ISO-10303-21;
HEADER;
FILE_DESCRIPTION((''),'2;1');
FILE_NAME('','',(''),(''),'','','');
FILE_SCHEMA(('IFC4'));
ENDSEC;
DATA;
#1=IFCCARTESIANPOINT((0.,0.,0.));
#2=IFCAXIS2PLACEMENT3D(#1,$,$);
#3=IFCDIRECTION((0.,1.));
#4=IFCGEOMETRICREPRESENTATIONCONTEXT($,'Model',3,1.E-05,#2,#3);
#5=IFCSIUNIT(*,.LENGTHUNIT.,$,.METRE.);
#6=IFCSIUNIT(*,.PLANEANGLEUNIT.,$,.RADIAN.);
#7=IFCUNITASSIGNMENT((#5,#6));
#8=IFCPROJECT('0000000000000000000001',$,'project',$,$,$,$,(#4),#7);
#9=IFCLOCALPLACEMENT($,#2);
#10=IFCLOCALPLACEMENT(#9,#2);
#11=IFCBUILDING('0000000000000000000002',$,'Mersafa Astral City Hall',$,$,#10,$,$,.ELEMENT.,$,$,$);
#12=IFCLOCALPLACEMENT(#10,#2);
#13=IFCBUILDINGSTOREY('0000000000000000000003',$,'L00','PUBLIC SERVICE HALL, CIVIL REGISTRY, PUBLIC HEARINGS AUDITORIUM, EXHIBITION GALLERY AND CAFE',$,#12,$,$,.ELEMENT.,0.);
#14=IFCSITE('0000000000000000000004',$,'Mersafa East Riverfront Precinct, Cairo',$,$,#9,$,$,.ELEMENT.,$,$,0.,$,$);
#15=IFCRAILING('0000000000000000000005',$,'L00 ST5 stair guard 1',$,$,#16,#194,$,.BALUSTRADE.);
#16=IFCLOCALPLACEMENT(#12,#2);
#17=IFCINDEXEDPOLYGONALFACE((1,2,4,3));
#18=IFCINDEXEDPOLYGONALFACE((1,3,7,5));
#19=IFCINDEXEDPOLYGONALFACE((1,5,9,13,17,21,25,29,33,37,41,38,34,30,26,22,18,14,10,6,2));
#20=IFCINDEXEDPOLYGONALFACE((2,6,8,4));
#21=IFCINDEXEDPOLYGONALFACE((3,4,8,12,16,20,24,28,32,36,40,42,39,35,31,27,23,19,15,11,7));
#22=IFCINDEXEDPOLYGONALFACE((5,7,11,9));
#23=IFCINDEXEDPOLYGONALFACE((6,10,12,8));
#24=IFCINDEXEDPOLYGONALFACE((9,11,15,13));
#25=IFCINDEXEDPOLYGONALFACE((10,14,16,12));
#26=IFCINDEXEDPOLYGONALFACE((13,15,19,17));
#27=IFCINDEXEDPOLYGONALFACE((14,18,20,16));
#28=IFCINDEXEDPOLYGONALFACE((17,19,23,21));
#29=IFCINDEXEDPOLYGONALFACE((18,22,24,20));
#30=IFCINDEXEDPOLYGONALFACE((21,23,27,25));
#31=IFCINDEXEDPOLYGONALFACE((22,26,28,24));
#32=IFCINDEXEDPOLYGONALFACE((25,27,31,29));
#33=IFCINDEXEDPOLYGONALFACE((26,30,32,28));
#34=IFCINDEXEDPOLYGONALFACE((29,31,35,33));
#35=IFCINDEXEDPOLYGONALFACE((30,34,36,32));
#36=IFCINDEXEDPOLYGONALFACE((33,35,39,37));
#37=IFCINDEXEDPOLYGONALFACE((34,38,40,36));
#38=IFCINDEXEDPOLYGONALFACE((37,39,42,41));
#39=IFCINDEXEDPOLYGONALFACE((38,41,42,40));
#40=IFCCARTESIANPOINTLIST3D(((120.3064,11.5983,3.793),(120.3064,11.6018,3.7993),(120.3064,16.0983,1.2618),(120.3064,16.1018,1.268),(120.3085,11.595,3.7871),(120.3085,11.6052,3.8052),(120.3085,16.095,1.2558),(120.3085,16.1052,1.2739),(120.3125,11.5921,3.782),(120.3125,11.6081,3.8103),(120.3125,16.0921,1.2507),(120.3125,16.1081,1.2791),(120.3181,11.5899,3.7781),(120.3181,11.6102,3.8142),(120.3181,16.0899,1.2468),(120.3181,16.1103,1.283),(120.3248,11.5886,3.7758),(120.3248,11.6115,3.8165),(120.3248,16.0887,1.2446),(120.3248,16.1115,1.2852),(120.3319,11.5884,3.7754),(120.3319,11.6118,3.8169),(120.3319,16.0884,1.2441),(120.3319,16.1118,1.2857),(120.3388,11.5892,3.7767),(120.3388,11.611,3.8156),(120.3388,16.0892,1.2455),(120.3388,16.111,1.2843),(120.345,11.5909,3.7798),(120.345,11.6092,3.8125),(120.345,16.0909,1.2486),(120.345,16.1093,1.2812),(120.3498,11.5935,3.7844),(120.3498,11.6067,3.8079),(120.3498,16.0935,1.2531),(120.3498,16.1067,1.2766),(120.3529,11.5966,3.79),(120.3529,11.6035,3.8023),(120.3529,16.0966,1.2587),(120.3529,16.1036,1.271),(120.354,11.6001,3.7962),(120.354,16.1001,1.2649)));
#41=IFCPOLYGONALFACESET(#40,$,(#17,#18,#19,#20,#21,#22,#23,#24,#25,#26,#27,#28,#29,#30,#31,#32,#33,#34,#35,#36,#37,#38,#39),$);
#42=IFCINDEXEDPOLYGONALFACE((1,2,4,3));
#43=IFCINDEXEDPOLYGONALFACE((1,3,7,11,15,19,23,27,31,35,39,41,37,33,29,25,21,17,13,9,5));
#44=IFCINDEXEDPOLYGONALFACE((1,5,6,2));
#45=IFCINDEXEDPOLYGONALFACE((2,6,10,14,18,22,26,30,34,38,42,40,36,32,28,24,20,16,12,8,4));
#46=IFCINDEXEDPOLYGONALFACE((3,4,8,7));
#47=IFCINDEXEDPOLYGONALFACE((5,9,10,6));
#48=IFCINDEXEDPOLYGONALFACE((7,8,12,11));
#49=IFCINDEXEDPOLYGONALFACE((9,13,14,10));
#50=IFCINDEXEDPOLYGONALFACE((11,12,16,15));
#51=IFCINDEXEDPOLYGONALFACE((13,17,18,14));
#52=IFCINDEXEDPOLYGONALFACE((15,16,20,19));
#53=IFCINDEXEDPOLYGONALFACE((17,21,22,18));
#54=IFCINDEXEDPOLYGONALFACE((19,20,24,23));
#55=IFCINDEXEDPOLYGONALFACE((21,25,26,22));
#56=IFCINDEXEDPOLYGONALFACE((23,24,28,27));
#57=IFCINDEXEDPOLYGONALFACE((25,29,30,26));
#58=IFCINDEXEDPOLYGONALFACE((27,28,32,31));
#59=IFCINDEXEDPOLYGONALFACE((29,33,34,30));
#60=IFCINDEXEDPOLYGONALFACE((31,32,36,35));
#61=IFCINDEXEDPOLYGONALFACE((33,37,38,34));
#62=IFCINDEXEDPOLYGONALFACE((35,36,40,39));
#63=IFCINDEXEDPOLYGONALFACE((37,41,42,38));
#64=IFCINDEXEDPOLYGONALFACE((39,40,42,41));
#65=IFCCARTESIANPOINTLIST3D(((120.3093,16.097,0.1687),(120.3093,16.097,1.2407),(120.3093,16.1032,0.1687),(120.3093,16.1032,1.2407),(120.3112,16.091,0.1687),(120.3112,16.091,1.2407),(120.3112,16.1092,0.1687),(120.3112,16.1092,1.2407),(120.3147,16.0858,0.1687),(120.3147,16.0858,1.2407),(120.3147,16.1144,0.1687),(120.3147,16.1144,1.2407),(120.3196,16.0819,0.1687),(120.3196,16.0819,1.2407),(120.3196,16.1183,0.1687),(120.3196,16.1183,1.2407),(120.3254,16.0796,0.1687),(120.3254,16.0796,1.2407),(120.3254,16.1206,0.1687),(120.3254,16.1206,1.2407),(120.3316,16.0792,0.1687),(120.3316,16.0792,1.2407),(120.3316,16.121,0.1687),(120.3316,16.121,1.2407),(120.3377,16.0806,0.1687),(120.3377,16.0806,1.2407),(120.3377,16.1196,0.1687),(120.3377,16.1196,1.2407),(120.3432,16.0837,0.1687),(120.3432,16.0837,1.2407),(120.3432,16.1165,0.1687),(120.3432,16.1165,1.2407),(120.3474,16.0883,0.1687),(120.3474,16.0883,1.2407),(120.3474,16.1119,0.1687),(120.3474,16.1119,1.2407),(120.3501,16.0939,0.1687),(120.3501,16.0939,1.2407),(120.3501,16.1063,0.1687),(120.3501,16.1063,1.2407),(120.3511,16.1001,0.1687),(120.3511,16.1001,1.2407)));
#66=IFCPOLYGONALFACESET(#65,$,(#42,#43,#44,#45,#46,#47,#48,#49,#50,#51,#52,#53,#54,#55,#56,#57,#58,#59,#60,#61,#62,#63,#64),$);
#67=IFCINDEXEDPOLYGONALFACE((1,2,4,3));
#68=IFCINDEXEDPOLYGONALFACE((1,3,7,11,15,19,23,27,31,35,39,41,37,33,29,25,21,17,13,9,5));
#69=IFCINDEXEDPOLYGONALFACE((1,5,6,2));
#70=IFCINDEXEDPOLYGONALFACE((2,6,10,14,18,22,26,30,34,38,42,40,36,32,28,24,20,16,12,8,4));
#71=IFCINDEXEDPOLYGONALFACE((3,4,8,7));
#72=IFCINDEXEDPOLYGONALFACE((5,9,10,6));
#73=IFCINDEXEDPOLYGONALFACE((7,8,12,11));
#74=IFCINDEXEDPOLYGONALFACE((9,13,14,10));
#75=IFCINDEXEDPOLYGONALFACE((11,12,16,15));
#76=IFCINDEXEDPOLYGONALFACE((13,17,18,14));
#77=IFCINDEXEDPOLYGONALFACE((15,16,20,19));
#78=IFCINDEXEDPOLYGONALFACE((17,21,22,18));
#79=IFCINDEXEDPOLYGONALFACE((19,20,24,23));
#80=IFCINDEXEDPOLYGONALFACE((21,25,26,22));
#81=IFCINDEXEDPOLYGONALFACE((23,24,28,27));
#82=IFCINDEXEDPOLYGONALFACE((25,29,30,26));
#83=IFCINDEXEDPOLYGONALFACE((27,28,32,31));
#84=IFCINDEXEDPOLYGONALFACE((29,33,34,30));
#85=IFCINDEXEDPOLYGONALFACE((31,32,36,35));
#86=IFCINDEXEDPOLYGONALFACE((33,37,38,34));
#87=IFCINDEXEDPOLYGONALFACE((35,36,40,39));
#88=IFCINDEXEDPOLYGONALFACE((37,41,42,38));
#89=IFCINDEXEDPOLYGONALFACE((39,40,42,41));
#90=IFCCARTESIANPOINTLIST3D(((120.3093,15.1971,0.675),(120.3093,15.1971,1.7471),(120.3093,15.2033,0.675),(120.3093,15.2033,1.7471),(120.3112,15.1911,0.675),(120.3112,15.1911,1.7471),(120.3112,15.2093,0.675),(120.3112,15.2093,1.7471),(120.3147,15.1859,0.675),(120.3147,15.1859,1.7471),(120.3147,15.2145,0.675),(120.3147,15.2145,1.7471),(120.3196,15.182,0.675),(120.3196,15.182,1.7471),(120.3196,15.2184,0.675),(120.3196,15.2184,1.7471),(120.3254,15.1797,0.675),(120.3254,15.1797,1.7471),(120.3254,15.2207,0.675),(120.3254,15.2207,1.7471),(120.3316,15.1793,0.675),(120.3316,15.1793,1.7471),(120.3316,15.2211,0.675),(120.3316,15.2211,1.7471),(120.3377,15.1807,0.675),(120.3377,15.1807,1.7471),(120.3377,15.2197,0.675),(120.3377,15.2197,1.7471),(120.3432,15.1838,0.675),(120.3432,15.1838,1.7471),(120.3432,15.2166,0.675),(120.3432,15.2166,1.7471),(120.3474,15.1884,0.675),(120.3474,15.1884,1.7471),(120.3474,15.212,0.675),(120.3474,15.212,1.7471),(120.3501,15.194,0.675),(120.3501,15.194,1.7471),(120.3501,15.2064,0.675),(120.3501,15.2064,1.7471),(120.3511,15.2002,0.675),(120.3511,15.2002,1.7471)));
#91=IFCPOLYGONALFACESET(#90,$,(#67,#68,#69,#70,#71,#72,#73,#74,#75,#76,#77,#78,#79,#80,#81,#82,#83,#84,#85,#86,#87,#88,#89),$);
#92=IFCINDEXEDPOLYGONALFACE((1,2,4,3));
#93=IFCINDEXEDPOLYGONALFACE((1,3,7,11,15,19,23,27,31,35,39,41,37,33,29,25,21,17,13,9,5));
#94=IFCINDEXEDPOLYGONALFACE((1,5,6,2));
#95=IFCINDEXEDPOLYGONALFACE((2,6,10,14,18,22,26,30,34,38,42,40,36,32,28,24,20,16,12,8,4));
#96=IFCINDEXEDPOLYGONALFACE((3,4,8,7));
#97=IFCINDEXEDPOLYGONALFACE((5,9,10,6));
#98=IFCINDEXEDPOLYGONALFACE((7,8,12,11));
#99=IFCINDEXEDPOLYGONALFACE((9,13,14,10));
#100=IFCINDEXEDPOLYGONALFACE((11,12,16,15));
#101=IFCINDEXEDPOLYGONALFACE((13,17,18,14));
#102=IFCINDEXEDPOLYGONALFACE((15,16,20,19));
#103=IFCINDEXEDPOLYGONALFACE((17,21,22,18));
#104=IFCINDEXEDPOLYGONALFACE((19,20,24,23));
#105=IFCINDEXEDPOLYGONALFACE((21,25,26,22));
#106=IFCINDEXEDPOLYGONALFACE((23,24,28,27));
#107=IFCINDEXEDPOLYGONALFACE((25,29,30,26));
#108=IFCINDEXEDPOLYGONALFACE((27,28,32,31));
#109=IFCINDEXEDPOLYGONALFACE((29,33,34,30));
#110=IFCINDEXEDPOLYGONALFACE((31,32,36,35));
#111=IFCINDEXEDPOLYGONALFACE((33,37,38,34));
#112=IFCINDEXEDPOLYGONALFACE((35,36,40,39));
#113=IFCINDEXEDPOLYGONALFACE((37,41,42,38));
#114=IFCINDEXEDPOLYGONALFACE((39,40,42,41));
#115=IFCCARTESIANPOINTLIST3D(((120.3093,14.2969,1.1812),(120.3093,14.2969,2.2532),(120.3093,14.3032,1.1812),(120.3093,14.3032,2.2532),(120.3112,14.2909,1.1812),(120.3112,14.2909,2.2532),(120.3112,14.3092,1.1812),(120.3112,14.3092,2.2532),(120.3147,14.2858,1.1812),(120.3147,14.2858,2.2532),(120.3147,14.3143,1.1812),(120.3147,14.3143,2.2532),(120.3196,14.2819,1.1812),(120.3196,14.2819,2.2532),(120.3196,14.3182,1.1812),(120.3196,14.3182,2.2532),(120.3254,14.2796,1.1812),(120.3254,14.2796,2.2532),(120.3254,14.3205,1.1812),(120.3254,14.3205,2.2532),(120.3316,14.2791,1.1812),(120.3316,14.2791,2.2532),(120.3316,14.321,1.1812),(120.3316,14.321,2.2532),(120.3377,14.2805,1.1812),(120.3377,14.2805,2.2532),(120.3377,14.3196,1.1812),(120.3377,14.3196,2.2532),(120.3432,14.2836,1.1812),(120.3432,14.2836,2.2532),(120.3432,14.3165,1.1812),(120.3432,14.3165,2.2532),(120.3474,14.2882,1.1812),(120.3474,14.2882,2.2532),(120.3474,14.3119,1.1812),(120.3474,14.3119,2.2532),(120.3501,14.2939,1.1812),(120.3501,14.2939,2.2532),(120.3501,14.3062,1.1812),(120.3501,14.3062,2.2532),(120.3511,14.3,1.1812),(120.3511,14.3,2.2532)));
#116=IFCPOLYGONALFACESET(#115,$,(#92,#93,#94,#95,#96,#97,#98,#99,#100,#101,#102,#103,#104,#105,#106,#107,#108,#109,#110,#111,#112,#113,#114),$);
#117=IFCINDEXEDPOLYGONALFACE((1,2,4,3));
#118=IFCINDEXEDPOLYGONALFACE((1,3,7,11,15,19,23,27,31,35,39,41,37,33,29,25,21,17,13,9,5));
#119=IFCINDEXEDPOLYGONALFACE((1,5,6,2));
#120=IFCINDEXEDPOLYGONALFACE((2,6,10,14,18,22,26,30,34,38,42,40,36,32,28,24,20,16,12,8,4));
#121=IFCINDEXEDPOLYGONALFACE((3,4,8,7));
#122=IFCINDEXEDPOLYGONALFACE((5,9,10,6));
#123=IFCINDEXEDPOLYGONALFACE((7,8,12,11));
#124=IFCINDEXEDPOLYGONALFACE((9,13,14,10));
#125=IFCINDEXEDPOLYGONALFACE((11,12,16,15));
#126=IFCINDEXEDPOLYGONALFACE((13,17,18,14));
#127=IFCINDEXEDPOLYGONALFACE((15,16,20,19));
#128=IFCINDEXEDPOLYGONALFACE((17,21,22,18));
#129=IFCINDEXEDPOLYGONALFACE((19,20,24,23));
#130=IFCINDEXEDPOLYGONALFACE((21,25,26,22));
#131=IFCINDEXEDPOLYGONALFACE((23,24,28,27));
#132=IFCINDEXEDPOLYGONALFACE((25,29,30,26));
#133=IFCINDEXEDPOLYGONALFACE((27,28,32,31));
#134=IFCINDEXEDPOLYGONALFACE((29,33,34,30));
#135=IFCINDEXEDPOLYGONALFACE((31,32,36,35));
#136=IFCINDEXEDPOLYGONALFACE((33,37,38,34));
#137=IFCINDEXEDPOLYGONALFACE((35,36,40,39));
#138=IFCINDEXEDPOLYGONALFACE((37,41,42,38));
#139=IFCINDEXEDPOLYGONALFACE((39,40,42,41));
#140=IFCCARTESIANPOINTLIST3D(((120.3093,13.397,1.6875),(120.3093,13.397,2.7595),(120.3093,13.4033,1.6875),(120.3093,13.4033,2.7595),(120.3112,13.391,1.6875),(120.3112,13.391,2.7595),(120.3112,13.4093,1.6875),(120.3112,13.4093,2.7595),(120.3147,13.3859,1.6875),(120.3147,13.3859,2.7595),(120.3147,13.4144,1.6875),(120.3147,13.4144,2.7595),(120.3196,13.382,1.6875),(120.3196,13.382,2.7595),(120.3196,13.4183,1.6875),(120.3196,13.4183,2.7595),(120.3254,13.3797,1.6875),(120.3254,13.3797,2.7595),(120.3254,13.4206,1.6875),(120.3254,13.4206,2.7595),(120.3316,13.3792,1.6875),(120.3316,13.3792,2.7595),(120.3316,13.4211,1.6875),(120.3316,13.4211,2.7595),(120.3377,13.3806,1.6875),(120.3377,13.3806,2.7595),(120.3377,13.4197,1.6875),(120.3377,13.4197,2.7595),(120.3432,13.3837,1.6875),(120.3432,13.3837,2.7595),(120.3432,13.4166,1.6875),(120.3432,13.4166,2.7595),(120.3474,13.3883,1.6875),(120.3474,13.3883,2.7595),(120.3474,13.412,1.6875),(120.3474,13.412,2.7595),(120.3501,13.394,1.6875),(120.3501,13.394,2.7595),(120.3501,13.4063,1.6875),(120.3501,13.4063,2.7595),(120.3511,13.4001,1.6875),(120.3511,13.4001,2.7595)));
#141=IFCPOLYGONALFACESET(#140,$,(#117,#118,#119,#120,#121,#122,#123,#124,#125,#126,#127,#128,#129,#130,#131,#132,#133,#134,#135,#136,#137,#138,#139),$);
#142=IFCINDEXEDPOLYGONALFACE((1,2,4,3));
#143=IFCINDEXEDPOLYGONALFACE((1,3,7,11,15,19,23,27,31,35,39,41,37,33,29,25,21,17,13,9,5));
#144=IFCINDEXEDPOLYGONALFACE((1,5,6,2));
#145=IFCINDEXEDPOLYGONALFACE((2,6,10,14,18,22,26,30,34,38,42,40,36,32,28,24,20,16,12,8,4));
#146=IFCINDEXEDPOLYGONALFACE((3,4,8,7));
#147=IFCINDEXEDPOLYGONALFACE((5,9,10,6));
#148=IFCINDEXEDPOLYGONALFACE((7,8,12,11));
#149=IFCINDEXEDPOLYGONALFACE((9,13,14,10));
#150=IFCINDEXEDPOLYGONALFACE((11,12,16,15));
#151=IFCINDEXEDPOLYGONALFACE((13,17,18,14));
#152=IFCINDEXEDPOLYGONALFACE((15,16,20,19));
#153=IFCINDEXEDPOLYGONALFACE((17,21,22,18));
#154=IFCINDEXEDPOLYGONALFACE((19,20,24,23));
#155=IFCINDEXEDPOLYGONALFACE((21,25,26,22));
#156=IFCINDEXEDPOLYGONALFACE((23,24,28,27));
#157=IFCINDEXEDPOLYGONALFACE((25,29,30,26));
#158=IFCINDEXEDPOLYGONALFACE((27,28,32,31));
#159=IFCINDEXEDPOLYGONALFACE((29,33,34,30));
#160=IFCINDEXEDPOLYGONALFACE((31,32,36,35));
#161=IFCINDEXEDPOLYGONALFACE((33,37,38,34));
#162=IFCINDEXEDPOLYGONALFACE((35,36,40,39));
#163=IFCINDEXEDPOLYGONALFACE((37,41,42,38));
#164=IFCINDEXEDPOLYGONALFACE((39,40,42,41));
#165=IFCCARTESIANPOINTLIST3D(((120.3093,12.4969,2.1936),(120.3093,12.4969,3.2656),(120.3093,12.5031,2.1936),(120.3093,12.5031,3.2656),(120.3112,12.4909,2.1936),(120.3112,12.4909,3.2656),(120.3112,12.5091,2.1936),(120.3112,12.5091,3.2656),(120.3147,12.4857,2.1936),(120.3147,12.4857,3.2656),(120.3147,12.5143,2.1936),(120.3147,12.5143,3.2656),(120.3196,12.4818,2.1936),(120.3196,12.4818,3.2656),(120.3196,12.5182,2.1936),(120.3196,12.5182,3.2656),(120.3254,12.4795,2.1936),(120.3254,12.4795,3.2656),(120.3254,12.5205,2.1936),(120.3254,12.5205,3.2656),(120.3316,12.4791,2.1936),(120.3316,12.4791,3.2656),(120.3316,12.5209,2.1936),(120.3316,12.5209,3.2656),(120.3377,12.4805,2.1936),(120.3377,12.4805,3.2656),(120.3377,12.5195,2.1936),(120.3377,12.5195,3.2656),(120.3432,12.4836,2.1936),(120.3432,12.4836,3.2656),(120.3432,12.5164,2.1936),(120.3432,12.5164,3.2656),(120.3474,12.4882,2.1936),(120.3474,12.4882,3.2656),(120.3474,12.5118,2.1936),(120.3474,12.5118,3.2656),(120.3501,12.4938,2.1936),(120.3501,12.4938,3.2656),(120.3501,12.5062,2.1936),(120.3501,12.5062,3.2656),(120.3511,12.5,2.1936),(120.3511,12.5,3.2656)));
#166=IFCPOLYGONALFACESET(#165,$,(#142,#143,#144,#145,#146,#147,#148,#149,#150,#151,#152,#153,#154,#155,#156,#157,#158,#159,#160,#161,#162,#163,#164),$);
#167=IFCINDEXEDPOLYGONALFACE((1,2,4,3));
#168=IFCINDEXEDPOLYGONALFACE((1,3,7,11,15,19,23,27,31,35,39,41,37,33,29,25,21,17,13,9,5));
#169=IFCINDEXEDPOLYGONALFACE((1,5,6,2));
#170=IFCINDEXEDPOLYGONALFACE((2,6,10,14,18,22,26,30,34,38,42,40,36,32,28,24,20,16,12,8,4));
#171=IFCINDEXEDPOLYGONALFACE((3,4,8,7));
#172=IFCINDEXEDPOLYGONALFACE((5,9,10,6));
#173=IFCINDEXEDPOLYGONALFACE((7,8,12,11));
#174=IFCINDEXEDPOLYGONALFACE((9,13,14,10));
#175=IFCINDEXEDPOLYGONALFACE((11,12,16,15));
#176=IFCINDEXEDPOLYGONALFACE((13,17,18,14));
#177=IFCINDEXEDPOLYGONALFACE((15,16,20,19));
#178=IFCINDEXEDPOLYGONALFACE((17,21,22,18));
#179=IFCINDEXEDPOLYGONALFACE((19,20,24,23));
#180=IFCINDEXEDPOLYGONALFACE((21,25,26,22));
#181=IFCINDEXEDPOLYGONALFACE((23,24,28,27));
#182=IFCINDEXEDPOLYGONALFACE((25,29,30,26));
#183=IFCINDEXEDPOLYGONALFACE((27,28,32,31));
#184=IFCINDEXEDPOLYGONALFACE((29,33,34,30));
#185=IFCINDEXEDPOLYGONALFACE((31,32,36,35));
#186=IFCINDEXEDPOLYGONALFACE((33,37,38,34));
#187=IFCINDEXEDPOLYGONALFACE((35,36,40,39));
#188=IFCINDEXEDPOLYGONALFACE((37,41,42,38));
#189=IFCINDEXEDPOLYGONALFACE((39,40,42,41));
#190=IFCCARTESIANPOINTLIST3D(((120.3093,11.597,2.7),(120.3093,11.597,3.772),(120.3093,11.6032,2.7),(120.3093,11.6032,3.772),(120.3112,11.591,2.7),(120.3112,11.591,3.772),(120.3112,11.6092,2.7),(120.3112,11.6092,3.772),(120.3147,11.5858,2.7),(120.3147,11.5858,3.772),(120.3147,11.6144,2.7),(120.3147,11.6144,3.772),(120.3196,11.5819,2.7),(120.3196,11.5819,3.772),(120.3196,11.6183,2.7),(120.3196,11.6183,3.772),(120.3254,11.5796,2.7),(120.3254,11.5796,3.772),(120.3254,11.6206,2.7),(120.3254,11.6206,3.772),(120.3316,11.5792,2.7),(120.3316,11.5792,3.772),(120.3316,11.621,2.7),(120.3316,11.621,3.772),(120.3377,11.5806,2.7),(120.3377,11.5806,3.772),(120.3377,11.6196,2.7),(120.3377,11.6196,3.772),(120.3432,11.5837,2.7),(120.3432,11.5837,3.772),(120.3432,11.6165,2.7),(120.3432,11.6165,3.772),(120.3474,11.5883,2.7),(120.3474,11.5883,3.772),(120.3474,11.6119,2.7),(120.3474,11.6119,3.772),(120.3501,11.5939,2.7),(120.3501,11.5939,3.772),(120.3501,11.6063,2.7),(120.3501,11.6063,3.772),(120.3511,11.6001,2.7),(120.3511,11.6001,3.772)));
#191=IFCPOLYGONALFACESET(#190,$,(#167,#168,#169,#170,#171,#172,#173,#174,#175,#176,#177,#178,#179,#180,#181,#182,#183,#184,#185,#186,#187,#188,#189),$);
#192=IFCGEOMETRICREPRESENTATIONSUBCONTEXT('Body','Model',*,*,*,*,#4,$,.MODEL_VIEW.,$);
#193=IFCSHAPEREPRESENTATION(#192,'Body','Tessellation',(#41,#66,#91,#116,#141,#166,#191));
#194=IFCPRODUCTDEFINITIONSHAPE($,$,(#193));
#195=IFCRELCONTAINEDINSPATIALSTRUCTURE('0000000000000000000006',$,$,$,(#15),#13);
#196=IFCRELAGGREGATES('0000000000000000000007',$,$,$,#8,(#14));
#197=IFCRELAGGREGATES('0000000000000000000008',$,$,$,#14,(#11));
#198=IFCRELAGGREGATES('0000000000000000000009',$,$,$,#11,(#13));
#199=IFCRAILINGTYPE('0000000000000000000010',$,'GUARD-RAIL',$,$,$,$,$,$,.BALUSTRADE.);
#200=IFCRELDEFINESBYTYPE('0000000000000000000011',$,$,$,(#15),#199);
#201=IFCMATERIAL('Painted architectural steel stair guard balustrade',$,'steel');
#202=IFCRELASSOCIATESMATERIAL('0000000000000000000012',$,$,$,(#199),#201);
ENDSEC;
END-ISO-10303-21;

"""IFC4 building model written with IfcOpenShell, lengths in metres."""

from ifc_helpers import new_model, si_unit, direction, frame, origin, origin_2d, place, context, subcontext, project, spatial, circle, extrude, material, type_object, element, save


model = new_model("IFC4")

# Units and contexts
model_context = context("Model", 3, precision=1e-05, world=origin(), true_north=direction((0.0, 1.0)))
body_context = subcontext(model_context, "Body", "Model", "MODEL_VIEW")
ifc_project = project(units=[si_unit("LENGTHUNIT", "METRE"), si_unit("PLANEANGLEUNIT", "RADIAN")], contexts=[model_context])

# Site, building, storey
site_placement = place(None, origin())
site = spatial("IfcSite", under=ifc_project, at=site_placement, Name="Mersafa East Riverfront Precinct, Cairo", CompositionType="ELEMENT", RefElevation=0.0)
building_placement = place(site_placement, origin())
building = spatial("IfcBuilding", under=site, at=building_placement, Name="Mersafa Astral City Hall", CompositionType="ELEMENT")
storey_placement = place(building_placement, origin())
storey = spatial("IfcBuildingStorey", under=building, at=storey_placement, Name="L00", Description="PUBLIC SERVICE HALL, CIVIL REGISTRY, PUBLIC HEARINGS AUDITORIUM, EXHIBITION GALLERY AND CAFE", CompositionType="ELEMENT", Elevation=0.0)

# Railing
ifc_material_1 = material(Name="Painted architectural steel stair guard balustrade", Category="steel")
railing_type_1 = type_object("IfcRailingType", Name="GUARD-RAIL", PredefinedType="BALUSTRADE", material=ifc_material_1)
railing_1_placement = place(storey_placement, frame((120.3301, 16.1001, 0.1687)))
element("IfcRailing", 1, at=railing_1_placement, inside=storey, type_object=railing_type_1, Name="L00 ST5 stair guard 1", PredefinedType="BALUSTRADE", context=body_context, shape_type="SweptSolid", body=[
    extrude(circle(Radius=0.0239, at=origin_2d()), frame((0.0, 0.0, 1.0962), z_axis=(0.0, -0.871576, 0.490261), x_axis=(1.0, 0.0, 0.0)), (0.0, 0.0, 1.0), 5.1631),
    extrude(circle(Radius=0.021, at=origin_2d()), origin(), (0.0, 0.0, 1.0), 1.072),
    extrude(circle(Radius=0.021, at=origin_2d()), frame((0.0, -0.8999, 0.5063)), (0.0, 0.0, 1.0), 1.072),
    extrude(circle(Radius=0.021, at=origin_2d()), frame((0.0, -1.8, 1.0125)), (0.0, 0.0, 1.0), 1.072),
    extrude(circle(Radius=0.021, at=origin_2d()), frame((0.0, -2.7, 1.5188)), (0.0, 0.0, 1.0), 1.072),
    extrude(circle(Radius=0.021, at=origin_2d()), frame((0.0, -3.6001, 2.0249)), (0.0, 0.0, 1.0), 1.072),
    extrude(circle(Radius=0.021, at=origin_2d()), frame((0.0, -4.5, 2.5312)), (0.0, 0.0, 1.0), 1.072),
])

save(model, "model.ifc")
